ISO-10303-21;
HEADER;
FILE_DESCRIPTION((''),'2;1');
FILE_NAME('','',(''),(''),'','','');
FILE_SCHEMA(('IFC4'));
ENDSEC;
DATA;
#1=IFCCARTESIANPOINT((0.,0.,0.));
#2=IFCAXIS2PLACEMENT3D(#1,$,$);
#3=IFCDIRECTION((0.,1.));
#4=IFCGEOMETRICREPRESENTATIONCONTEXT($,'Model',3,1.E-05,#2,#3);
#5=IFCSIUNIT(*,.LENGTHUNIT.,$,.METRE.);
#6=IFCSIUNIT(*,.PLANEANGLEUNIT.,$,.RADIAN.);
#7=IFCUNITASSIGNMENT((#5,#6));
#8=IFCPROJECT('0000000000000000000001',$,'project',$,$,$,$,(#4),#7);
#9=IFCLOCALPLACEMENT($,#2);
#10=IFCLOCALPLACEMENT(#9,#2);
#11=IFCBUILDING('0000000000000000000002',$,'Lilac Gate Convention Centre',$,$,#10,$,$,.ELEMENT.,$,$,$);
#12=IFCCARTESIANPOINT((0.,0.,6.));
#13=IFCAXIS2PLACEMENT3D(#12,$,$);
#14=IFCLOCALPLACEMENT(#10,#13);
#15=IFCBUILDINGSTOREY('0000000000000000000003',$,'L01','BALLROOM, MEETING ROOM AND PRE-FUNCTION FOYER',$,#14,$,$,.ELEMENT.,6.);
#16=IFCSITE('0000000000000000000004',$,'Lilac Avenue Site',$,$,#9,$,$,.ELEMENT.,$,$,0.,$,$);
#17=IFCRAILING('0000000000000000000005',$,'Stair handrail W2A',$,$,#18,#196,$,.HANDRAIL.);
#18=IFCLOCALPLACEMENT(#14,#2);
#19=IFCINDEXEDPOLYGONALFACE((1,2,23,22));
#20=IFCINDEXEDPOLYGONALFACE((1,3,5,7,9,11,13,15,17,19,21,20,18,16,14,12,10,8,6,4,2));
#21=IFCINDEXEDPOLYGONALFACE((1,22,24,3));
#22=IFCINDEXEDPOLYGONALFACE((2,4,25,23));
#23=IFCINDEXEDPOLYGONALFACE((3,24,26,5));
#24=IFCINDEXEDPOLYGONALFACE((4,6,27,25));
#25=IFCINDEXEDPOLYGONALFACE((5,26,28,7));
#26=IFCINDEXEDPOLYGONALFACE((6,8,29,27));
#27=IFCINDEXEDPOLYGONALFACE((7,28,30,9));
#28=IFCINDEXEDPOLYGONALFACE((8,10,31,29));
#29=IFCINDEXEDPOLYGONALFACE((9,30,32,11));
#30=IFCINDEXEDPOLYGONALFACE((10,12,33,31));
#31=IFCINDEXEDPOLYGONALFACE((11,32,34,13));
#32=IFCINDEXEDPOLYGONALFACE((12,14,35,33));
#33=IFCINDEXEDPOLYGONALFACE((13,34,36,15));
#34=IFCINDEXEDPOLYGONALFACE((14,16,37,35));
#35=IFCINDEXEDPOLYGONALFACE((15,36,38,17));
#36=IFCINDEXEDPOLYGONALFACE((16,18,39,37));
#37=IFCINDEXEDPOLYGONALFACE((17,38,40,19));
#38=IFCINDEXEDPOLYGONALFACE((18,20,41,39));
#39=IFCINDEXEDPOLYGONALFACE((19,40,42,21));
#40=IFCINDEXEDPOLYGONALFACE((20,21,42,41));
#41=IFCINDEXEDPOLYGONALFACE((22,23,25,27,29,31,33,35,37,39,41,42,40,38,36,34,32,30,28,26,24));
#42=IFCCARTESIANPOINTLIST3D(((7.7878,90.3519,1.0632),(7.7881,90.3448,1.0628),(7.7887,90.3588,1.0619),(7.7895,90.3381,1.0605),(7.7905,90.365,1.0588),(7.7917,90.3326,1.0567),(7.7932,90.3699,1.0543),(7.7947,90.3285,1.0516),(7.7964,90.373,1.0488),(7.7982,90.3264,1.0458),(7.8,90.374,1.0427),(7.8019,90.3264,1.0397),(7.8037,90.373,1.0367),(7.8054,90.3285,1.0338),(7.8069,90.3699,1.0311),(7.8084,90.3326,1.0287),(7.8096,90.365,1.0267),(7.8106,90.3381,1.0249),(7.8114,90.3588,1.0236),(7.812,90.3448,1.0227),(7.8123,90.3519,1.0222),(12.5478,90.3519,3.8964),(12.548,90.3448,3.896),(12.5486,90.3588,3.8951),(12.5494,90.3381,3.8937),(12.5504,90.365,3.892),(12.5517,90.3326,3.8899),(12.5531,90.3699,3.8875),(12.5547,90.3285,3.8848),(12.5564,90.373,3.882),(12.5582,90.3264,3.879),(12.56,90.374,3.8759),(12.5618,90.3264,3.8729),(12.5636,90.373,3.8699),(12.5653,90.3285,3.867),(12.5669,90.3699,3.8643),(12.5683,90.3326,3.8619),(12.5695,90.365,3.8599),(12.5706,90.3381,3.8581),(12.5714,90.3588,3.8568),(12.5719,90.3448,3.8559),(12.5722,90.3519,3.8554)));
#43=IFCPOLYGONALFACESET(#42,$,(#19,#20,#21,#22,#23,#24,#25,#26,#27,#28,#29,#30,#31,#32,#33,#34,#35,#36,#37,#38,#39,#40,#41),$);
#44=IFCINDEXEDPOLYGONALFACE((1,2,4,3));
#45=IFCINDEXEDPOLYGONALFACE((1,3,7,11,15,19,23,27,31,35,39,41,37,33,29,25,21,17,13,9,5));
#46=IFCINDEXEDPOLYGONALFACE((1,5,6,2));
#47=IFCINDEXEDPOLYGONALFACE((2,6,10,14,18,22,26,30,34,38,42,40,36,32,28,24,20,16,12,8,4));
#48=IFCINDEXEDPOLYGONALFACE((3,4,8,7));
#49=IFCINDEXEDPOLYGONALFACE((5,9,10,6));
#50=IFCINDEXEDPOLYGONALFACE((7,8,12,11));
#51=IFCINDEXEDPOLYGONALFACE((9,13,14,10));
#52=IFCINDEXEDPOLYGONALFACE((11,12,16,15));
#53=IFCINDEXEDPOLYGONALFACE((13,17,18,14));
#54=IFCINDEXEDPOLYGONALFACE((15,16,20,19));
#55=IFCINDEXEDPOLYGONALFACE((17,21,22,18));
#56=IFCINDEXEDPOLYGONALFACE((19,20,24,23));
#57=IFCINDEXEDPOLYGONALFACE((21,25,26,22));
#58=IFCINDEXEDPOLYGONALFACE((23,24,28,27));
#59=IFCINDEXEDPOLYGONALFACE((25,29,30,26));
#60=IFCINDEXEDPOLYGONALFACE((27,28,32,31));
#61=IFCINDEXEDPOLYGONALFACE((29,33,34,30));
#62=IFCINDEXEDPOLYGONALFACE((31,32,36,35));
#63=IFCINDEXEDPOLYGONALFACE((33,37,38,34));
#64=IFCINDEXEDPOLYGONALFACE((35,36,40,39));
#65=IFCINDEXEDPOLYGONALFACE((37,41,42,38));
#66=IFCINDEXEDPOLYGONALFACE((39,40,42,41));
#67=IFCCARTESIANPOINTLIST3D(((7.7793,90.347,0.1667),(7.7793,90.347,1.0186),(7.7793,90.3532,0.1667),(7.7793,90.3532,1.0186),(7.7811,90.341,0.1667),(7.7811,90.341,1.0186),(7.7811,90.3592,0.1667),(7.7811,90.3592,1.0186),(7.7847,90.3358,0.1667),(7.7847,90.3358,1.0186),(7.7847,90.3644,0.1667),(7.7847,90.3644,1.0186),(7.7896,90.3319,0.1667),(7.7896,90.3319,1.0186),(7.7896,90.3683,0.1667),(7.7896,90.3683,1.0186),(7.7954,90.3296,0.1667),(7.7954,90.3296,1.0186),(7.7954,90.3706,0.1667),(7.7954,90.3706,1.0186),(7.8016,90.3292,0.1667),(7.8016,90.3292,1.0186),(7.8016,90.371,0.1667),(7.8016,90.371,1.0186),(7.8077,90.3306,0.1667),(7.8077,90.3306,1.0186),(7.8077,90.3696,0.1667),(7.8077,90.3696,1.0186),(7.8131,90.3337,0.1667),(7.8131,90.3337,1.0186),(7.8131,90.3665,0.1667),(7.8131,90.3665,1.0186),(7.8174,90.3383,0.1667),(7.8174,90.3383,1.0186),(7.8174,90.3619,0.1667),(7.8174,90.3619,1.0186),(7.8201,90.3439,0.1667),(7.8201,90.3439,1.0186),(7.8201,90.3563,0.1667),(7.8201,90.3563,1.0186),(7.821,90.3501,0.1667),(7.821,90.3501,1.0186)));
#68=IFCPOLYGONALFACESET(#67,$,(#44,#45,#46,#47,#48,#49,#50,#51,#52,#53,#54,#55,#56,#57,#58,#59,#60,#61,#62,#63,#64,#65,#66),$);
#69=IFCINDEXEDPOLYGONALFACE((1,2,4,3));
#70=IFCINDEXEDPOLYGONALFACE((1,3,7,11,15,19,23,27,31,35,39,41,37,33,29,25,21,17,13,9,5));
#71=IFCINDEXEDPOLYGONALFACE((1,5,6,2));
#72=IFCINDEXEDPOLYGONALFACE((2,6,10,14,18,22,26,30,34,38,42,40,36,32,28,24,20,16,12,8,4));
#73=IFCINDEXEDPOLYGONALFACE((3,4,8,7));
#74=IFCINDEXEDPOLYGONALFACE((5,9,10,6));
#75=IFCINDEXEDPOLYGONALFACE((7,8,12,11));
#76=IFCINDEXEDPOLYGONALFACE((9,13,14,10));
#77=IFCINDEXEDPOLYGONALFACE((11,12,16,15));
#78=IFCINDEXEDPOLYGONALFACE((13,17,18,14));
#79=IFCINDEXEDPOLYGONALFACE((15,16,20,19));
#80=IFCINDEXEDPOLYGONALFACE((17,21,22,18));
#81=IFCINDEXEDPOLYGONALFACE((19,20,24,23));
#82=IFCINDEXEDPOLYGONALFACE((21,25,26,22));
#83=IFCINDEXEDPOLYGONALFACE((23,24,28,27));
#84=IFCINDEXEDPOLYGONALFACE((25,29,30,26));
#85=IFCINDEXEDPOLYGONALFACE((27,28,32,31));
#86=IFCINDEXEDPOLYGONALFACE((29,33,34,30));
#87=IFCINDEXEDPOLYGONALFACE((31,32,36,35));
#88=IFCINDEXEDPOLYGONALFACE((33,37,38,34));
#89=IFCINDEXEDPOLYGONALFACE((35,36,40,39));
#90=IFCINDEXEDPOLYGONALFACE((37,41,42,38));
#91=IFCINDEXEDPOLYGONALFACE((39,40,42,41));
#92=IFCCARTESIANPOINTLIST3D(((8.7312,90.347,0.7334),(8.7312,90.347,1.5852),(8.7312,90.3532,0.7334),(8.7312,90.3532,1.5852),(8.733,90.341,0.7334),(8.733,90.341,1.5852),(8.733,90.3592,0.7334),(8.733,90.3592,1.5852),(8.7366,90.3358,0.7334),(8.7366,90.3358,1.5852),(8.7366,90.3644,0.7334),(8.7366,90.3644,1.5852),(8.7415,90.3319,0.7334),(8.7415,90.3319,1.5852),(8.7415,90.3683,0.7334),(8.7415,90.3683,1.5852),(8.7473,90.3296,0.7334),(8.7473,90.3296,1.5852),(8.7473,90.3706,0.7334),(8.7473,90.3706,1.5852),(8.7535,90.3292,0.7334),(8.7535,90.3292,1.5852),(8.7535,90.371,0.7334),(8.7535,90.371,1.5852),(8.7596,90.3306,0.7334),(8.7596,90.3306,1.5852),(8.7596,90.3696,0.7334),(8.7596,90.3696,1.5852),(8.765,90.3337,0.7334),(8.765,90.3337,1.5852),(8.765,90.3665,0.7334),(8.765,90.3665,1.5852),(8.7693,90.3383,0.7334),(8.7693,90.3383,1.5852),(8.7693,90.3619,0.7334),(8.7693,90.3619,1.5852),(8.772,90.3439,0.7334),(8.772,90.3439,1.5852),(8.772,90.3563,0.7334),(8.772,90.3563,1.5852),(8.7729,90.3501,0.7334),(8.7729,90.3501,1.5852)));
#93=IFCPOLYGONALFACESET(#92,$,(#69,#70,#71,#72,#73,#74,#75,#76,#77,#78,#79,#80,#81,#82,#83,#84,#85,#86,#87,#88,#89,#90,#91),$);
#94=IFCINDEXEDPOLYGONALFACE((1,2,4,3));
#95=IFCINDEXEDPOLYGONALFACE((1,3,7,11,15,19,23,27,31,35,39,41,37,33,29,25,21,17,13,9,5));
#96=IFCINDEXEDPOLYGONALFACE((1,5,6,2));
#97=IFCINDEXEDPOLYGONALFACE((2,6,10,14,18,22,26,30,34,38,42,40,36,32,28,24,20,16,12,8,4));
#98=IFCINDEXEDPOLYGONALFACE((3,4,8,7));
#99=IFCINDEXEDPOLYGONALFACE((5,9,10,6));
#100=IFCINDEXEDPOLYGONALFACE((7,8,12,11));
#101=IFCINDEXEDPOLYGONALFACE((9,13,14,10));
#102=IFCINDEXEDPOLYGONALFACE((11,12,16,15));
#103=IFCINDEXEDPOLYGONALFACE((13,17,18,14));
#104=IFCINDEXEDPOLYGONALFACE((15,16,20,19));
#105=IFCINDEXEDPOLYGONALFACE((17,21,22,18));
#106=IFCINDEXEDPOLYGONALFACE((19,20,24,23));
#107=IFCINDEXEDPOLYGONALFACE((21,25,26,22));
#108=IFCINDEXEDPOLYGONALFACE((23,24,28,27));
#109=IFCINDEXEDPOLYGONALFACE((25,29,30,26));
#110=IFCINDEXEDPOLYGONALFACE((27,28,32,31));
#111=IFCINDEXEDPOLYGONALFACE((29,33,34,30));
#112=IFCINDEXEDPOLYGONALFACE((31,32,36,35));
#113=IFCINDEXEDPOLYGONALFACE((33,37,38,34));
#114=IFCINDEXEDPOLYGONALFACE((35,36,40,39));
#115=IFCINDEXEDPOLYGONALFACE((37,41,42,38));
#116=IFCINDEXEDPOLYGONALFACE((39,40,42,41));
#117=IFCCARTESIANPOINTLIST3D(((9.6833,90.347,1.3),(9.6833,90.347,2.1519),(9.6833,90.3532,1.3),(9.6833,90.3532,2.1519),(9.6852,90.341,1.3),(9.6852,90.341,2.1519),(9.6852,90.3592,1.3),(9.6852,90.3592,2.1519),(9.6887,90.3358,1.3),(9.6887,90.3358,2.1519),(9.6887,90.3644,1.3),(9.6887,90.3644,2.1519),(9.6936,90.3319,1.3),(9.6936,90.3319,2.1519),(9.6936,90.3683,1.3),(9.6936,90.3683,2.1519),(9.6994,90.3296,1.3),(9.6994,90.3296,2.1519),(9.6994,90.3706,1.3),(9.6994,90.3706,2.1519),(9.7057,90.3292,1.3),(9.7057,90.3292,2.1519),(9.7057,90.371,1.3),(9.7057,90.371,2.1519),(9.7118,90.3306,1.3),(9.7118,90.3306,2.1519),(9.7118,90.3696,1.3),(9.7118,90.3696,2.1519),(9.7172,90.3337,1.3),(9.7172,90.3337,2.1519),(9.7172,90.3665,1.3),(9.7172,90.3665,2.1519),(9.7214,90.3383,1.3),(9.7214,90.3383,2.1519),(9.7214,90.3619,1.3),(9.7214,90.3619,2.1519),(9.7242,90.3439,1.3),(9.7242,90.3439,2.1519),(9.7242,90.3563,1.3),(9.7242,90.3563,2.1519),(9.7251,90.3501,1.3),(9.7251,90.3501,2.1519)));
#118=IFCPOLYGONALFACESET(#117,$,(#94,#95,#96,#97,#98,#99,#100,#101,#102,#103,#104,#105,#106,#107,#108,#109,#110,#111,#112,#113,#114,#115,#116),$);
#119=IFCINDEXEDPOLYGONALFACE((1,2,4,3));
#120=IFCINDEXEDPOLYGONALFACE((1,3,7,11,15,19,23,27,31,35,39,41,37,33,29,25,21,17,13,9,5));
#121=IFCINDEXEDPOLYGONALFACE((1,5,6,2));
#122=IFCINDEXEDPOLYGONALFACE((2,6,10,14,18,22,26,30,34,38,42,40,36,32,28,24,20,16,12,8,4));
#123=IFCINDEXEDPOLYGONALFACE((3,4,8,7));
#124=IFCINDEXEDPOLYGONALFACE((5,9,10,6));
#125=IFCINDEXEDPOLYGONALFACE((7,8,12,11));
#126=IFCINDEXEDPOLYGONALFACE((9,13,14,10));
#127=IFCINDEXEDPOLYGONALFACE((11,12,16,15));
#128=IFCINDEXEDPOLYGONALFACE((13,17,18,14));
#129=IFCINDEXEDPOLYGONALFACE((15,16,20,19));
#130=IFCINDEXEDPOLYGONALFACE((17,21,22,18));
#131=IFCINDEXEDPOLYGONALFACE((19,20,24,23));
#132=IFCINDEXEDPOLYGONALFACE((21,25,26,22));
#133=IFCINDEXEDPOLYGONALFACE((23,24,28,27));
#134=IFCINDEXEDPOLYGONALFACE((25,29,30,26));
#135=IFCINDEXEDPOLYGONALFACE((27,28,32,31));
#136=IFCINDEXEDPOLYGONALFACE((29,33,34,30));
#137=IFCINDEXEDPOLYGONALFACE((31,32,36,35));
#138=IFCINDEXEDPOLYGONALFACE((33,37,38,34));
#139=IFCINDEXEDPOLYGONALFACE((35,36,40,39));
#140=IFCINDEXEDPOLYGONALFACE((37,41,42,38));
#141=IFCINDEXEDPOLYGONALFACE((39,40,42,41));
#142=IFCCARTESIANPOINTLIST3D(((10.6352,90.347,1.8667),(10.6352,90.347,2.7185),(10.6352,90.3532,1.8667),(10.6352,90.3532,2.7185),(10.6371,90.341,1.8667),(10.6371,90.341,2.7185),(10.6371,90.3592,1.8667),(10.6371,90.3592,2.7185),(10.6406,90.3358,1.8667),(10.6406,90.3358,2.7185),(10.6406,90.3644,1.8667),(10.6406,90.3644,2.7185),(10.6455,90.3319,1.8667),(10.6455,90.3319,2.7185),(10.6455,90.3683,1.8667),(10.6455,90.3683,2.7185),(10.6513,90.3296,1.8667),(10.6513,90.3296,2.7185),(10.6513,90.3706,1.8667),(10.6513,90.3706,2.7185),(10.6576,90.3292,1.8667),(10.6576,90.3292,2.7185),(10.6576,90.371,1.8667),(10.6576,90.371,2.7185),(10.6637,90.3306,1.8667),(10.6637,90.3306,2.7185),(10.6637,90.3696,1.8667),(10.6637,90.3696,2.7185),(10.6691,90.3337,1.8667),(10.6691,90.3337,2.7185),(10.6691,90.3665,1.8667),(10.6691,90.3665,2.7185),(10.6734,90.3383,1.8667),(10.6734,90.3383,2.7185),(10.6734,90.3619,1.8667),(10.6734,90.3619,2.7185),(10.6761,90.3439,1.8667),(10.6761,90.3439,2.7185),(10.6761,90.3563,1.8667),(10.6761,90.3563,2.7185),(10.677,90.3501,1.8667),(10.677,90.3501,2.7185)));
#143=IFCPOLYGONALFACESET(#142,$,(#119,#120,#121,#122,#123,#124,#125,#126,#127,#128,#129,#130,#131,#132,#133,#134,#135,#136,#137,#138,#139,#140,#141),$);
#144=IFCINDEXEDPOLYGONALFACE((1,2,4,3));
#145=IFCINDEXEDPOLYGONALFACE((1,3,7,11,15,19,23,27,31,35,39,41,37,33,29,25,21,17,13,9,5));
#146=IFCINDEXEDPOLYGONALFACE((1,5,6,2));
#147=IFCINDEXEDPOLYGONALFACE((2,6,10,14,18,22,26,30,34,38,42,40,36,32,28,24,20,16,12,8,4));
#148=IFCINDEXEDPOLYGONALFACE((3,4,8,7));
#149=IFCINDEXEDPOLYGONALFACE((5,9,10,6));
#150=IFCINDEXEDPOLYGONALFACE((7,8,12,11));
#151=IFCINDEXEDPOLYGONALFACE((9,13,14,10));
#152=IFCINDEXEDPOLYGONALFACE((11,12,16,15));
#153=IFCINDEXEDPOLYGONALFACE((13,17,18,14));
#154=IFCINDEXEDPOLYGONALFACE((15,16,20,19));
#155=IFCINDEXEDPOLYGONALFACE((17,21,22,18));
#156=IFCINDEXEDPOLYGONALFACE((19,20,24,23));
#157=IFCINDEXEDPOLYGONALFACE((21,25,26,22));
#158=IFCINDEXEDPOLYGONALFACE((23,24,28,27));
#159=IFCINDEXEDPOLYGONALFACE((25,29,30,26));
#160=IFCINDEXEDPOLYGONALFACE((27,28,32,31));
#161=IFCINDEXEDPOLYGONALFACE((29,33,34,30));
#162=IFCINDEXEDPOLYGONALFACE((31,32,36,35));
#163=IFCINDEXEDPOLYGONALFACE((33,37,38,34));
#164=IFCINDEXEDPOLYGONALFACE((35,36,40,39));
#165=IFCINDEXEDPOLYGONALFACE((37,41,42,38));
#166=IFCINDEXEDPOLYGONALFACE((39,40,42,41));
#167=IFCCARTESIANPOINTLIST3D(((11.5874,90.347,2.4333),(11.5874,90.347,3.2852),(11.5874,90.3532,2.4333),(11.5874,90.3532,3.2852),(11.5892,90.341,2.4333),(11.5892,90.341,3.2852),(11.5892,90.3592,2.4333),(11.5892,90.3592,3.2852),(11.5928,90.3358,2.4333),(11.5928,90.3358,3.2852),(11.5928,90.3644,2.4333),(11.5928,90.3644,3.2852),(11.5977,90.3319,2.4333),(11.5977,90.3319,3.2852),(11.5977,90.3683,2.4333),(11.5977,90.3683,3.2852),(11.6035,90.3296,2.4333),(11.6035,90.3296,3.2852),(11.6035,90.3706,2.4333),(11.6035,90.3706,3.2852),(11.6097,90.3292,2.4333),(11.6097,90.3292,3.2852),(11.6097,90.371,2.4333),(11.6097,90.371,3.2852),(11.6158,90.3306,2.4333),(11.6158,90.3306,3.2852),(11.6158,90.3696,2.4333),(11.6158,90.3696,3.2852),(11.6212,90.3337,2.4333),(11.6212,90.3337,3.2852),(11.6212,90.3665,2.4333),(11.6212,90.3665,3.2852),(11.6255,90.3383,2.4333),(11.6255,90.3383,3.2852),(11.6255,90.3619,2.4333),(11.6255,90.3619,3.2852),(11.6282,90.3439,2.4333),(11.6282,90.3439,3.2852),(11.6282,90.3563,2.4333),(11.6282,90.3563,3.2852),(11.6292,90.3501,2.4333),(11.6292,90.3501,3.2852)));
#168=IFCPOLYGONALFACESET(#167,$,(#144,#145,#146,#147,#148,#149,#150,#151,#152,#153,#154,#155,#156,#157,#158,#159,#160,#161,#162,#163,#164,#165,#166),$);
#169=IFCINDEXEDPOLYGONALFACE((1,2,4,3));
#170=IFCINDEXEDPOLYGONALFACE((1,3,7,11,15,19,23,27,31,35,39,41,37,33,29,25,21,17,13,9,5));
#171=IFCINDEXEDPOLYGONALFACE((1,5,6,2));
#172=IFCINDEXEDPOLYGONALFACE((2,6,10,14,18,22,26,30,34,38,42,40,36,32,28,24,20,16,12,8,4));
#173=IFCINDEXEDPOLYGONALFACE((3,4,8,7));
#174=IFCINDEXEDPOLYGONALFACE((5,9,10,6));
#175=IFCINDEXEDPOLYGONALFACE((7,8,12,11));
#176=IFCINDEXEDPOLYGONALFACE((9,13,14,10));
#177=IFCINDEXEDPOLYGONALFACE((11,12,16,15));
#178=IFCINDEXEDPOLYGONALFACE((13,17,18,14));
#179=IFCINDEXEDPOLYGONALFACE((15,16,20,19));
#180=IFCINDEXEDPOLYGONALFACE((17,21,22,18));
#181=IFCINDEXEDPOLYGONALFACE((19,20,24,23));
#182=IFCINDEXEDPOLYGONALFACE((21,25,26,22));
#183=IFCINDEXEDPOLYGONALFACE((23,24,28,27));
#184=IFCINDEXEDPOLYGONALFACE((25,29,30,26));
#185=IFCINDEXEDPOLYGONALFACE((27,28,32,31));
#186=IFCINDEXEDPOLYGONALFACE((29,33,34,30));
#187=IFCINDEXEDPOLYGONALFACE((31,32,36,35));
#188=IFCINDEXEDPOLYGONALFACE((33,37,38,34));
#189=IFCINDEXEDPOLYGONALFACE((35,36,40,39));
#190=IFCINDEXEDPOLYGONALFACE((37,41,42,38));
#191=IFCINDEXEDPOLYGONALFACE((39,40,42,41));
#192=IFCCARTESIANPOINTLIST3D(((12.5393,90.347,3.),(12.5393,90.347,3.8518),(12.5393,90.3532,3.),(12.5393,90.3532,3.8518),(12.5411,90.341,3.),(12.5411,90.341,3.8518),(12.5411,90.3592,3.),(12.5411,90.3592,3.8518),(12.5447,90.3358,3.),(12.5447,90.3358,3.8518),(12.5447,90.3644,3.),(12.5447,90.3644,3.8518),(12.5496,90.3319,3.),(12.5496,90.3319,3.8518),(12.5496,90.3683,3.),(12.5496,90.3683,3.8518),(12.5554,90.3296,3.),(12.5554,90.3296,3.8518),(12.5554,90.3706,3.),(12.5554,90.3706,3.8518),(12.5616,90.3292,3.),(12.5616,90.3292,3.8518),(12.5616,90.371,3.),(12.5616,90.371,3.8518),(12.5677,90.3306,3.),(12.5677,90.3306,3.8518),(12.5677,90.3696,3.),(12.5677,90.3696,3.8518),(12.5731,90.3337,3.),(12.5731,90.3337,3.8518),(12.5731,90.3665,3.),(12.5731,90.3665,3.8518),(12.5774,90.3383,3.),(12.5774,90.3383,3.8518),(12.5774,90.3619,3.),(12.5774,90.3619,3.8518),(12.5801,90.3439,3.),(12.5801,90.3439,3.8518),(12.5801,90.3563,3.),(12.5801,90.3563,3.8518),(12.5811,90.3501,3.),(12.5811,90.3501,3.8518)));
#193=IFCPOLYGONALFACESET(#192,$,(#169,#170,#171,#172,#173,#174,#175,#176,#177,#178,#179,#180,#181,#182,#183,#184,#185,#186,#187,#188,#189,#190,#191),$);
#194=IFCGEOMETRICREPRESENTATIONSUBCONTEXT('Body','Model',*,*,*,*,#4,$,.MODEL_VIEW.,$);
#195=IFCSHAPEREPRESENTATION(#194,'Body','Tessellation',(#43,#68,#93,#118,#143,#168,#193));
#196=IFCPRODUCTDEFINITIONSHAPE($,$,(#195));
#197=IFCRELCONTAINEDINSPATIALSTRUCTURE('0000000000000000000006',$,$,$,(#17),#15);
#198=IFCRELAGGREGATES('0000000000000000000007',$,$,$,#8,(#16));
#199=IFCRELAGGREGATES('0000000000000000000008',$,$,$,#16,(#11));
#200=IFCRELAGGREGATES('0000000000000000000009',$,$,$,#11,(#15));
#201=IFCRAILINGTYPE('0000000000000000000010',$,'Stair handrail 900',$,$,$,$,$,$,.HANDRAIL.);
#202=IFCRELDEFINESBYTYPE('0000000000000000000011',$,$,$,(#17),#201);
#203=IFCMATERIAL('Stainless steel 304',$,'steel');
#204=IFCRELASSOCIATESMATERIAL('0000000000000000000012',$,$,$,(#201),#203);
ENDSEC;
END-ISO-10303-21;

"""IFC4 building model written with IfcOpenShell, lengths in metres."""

from ifc_helpers import new_model, si_unit, direction, frame, origin, origin_2d, place, context, subcontext, project, spatial, circle, extrude, material, type_object, element, save


model = new_model("IFC4")

# Units and contexts
model_context = context("Model", 3, precision=1e-05, world=origin(), true_north=direction((0.0, 1.0)))
body_context = subcontext(model_context, "Body", "Model", "MODEL_VIEW")
ifc_project = project(units=[si_unit("LENGTHUNIT", "METRE"), si_unit("PLANEANGLEUNIT", "RADIAN")], contexts=[model_context])

# Site, building, storey
site_placement = place(None, origin())
site = spatial("IfcSite", under=ifc_project, at=site_placement, Name="Lilac Avenue Site", CompositionType="ELEMENT", RefElevation=0.0)
building_placement = place(site_placement, origin())
building = spatial("IfcBuilding", under=site, at=building_placement, Name="Lilac Gate Convention Centre", CompositionType="ELEMENT")
storey_placement = place(building_placement, frame((0.0, 0.0, 6.0)))
storey = spatial("IfcBuildingStorey", under=building, at=storey_placement, Name="L01", Description="BALLROOM, MEETING ROOM AND PRE-FUNCTION FOYER", CompositionType="ELEMENT", Elevation=6.0)

# Railing
ifc_material_1 = material(Name="Stainless steel 304", Category="steel")
railing_type = type_object("IfcRailingType", Name="Stair handrail 900", PredefinedType="HANDRAIL", material=ifc_material_1)
for number, where, name in (
    (1, (7.8, 90.3501, 0.1667), "Stair handrail W2A"),
):
    element("IfcRailing", number, at=place(storey_placement, frame(where)), inside=storey, type_object=railing_type, Name=name, PredefinedType="HANDRAIL", context=body_context, shape_type="SweptSolid", body=[
        extrude(circle(Radius=0.0239, at=origin_2d()), frame((0.0, 0.0, 0.876), z_axis=(0.8593, 0.0, 0.511472), x_axis=(0.0, 1.0, 0.0)), (0.0, 0.0, 1.0), 5.5393),
        extrude(circle(Radius=0.021, at=origin_2d()), origin(), (0.0, 0.0, 1.0), 0.8518),
        extrude(circle(Radius=0.021, at=origin_2d()), frame((0.9519, 0.0, 0.5667)), (0.0, 0.0, 1.0), 0.8518),
        extrude(circle(Radius=0.021, at=origin_2d()), frame((1.9041, 0.0, 1.1333)), (0.0, 0.0, 1.0), 0.8518),
        extrude(circle(Radius=0.021, at=origin_2d()), frame((2.856, 0.0, 1.7)), (0.0, 0.0, 1.0), 0.8518),
        extrude(circle(Radius=0.021, at=origin_2d()), frame((3.8081, 0.0, 2.2666)), (0.0, 0.0, 1.0), 0.8518),
        extrude(circle(Radius=0.021, at=origin_2d()), frame((4.76, 0.0, 2.8333)), (0.0, 0.0, 1.0), 0.8518),
    ])

save(model, "model.ifc")
